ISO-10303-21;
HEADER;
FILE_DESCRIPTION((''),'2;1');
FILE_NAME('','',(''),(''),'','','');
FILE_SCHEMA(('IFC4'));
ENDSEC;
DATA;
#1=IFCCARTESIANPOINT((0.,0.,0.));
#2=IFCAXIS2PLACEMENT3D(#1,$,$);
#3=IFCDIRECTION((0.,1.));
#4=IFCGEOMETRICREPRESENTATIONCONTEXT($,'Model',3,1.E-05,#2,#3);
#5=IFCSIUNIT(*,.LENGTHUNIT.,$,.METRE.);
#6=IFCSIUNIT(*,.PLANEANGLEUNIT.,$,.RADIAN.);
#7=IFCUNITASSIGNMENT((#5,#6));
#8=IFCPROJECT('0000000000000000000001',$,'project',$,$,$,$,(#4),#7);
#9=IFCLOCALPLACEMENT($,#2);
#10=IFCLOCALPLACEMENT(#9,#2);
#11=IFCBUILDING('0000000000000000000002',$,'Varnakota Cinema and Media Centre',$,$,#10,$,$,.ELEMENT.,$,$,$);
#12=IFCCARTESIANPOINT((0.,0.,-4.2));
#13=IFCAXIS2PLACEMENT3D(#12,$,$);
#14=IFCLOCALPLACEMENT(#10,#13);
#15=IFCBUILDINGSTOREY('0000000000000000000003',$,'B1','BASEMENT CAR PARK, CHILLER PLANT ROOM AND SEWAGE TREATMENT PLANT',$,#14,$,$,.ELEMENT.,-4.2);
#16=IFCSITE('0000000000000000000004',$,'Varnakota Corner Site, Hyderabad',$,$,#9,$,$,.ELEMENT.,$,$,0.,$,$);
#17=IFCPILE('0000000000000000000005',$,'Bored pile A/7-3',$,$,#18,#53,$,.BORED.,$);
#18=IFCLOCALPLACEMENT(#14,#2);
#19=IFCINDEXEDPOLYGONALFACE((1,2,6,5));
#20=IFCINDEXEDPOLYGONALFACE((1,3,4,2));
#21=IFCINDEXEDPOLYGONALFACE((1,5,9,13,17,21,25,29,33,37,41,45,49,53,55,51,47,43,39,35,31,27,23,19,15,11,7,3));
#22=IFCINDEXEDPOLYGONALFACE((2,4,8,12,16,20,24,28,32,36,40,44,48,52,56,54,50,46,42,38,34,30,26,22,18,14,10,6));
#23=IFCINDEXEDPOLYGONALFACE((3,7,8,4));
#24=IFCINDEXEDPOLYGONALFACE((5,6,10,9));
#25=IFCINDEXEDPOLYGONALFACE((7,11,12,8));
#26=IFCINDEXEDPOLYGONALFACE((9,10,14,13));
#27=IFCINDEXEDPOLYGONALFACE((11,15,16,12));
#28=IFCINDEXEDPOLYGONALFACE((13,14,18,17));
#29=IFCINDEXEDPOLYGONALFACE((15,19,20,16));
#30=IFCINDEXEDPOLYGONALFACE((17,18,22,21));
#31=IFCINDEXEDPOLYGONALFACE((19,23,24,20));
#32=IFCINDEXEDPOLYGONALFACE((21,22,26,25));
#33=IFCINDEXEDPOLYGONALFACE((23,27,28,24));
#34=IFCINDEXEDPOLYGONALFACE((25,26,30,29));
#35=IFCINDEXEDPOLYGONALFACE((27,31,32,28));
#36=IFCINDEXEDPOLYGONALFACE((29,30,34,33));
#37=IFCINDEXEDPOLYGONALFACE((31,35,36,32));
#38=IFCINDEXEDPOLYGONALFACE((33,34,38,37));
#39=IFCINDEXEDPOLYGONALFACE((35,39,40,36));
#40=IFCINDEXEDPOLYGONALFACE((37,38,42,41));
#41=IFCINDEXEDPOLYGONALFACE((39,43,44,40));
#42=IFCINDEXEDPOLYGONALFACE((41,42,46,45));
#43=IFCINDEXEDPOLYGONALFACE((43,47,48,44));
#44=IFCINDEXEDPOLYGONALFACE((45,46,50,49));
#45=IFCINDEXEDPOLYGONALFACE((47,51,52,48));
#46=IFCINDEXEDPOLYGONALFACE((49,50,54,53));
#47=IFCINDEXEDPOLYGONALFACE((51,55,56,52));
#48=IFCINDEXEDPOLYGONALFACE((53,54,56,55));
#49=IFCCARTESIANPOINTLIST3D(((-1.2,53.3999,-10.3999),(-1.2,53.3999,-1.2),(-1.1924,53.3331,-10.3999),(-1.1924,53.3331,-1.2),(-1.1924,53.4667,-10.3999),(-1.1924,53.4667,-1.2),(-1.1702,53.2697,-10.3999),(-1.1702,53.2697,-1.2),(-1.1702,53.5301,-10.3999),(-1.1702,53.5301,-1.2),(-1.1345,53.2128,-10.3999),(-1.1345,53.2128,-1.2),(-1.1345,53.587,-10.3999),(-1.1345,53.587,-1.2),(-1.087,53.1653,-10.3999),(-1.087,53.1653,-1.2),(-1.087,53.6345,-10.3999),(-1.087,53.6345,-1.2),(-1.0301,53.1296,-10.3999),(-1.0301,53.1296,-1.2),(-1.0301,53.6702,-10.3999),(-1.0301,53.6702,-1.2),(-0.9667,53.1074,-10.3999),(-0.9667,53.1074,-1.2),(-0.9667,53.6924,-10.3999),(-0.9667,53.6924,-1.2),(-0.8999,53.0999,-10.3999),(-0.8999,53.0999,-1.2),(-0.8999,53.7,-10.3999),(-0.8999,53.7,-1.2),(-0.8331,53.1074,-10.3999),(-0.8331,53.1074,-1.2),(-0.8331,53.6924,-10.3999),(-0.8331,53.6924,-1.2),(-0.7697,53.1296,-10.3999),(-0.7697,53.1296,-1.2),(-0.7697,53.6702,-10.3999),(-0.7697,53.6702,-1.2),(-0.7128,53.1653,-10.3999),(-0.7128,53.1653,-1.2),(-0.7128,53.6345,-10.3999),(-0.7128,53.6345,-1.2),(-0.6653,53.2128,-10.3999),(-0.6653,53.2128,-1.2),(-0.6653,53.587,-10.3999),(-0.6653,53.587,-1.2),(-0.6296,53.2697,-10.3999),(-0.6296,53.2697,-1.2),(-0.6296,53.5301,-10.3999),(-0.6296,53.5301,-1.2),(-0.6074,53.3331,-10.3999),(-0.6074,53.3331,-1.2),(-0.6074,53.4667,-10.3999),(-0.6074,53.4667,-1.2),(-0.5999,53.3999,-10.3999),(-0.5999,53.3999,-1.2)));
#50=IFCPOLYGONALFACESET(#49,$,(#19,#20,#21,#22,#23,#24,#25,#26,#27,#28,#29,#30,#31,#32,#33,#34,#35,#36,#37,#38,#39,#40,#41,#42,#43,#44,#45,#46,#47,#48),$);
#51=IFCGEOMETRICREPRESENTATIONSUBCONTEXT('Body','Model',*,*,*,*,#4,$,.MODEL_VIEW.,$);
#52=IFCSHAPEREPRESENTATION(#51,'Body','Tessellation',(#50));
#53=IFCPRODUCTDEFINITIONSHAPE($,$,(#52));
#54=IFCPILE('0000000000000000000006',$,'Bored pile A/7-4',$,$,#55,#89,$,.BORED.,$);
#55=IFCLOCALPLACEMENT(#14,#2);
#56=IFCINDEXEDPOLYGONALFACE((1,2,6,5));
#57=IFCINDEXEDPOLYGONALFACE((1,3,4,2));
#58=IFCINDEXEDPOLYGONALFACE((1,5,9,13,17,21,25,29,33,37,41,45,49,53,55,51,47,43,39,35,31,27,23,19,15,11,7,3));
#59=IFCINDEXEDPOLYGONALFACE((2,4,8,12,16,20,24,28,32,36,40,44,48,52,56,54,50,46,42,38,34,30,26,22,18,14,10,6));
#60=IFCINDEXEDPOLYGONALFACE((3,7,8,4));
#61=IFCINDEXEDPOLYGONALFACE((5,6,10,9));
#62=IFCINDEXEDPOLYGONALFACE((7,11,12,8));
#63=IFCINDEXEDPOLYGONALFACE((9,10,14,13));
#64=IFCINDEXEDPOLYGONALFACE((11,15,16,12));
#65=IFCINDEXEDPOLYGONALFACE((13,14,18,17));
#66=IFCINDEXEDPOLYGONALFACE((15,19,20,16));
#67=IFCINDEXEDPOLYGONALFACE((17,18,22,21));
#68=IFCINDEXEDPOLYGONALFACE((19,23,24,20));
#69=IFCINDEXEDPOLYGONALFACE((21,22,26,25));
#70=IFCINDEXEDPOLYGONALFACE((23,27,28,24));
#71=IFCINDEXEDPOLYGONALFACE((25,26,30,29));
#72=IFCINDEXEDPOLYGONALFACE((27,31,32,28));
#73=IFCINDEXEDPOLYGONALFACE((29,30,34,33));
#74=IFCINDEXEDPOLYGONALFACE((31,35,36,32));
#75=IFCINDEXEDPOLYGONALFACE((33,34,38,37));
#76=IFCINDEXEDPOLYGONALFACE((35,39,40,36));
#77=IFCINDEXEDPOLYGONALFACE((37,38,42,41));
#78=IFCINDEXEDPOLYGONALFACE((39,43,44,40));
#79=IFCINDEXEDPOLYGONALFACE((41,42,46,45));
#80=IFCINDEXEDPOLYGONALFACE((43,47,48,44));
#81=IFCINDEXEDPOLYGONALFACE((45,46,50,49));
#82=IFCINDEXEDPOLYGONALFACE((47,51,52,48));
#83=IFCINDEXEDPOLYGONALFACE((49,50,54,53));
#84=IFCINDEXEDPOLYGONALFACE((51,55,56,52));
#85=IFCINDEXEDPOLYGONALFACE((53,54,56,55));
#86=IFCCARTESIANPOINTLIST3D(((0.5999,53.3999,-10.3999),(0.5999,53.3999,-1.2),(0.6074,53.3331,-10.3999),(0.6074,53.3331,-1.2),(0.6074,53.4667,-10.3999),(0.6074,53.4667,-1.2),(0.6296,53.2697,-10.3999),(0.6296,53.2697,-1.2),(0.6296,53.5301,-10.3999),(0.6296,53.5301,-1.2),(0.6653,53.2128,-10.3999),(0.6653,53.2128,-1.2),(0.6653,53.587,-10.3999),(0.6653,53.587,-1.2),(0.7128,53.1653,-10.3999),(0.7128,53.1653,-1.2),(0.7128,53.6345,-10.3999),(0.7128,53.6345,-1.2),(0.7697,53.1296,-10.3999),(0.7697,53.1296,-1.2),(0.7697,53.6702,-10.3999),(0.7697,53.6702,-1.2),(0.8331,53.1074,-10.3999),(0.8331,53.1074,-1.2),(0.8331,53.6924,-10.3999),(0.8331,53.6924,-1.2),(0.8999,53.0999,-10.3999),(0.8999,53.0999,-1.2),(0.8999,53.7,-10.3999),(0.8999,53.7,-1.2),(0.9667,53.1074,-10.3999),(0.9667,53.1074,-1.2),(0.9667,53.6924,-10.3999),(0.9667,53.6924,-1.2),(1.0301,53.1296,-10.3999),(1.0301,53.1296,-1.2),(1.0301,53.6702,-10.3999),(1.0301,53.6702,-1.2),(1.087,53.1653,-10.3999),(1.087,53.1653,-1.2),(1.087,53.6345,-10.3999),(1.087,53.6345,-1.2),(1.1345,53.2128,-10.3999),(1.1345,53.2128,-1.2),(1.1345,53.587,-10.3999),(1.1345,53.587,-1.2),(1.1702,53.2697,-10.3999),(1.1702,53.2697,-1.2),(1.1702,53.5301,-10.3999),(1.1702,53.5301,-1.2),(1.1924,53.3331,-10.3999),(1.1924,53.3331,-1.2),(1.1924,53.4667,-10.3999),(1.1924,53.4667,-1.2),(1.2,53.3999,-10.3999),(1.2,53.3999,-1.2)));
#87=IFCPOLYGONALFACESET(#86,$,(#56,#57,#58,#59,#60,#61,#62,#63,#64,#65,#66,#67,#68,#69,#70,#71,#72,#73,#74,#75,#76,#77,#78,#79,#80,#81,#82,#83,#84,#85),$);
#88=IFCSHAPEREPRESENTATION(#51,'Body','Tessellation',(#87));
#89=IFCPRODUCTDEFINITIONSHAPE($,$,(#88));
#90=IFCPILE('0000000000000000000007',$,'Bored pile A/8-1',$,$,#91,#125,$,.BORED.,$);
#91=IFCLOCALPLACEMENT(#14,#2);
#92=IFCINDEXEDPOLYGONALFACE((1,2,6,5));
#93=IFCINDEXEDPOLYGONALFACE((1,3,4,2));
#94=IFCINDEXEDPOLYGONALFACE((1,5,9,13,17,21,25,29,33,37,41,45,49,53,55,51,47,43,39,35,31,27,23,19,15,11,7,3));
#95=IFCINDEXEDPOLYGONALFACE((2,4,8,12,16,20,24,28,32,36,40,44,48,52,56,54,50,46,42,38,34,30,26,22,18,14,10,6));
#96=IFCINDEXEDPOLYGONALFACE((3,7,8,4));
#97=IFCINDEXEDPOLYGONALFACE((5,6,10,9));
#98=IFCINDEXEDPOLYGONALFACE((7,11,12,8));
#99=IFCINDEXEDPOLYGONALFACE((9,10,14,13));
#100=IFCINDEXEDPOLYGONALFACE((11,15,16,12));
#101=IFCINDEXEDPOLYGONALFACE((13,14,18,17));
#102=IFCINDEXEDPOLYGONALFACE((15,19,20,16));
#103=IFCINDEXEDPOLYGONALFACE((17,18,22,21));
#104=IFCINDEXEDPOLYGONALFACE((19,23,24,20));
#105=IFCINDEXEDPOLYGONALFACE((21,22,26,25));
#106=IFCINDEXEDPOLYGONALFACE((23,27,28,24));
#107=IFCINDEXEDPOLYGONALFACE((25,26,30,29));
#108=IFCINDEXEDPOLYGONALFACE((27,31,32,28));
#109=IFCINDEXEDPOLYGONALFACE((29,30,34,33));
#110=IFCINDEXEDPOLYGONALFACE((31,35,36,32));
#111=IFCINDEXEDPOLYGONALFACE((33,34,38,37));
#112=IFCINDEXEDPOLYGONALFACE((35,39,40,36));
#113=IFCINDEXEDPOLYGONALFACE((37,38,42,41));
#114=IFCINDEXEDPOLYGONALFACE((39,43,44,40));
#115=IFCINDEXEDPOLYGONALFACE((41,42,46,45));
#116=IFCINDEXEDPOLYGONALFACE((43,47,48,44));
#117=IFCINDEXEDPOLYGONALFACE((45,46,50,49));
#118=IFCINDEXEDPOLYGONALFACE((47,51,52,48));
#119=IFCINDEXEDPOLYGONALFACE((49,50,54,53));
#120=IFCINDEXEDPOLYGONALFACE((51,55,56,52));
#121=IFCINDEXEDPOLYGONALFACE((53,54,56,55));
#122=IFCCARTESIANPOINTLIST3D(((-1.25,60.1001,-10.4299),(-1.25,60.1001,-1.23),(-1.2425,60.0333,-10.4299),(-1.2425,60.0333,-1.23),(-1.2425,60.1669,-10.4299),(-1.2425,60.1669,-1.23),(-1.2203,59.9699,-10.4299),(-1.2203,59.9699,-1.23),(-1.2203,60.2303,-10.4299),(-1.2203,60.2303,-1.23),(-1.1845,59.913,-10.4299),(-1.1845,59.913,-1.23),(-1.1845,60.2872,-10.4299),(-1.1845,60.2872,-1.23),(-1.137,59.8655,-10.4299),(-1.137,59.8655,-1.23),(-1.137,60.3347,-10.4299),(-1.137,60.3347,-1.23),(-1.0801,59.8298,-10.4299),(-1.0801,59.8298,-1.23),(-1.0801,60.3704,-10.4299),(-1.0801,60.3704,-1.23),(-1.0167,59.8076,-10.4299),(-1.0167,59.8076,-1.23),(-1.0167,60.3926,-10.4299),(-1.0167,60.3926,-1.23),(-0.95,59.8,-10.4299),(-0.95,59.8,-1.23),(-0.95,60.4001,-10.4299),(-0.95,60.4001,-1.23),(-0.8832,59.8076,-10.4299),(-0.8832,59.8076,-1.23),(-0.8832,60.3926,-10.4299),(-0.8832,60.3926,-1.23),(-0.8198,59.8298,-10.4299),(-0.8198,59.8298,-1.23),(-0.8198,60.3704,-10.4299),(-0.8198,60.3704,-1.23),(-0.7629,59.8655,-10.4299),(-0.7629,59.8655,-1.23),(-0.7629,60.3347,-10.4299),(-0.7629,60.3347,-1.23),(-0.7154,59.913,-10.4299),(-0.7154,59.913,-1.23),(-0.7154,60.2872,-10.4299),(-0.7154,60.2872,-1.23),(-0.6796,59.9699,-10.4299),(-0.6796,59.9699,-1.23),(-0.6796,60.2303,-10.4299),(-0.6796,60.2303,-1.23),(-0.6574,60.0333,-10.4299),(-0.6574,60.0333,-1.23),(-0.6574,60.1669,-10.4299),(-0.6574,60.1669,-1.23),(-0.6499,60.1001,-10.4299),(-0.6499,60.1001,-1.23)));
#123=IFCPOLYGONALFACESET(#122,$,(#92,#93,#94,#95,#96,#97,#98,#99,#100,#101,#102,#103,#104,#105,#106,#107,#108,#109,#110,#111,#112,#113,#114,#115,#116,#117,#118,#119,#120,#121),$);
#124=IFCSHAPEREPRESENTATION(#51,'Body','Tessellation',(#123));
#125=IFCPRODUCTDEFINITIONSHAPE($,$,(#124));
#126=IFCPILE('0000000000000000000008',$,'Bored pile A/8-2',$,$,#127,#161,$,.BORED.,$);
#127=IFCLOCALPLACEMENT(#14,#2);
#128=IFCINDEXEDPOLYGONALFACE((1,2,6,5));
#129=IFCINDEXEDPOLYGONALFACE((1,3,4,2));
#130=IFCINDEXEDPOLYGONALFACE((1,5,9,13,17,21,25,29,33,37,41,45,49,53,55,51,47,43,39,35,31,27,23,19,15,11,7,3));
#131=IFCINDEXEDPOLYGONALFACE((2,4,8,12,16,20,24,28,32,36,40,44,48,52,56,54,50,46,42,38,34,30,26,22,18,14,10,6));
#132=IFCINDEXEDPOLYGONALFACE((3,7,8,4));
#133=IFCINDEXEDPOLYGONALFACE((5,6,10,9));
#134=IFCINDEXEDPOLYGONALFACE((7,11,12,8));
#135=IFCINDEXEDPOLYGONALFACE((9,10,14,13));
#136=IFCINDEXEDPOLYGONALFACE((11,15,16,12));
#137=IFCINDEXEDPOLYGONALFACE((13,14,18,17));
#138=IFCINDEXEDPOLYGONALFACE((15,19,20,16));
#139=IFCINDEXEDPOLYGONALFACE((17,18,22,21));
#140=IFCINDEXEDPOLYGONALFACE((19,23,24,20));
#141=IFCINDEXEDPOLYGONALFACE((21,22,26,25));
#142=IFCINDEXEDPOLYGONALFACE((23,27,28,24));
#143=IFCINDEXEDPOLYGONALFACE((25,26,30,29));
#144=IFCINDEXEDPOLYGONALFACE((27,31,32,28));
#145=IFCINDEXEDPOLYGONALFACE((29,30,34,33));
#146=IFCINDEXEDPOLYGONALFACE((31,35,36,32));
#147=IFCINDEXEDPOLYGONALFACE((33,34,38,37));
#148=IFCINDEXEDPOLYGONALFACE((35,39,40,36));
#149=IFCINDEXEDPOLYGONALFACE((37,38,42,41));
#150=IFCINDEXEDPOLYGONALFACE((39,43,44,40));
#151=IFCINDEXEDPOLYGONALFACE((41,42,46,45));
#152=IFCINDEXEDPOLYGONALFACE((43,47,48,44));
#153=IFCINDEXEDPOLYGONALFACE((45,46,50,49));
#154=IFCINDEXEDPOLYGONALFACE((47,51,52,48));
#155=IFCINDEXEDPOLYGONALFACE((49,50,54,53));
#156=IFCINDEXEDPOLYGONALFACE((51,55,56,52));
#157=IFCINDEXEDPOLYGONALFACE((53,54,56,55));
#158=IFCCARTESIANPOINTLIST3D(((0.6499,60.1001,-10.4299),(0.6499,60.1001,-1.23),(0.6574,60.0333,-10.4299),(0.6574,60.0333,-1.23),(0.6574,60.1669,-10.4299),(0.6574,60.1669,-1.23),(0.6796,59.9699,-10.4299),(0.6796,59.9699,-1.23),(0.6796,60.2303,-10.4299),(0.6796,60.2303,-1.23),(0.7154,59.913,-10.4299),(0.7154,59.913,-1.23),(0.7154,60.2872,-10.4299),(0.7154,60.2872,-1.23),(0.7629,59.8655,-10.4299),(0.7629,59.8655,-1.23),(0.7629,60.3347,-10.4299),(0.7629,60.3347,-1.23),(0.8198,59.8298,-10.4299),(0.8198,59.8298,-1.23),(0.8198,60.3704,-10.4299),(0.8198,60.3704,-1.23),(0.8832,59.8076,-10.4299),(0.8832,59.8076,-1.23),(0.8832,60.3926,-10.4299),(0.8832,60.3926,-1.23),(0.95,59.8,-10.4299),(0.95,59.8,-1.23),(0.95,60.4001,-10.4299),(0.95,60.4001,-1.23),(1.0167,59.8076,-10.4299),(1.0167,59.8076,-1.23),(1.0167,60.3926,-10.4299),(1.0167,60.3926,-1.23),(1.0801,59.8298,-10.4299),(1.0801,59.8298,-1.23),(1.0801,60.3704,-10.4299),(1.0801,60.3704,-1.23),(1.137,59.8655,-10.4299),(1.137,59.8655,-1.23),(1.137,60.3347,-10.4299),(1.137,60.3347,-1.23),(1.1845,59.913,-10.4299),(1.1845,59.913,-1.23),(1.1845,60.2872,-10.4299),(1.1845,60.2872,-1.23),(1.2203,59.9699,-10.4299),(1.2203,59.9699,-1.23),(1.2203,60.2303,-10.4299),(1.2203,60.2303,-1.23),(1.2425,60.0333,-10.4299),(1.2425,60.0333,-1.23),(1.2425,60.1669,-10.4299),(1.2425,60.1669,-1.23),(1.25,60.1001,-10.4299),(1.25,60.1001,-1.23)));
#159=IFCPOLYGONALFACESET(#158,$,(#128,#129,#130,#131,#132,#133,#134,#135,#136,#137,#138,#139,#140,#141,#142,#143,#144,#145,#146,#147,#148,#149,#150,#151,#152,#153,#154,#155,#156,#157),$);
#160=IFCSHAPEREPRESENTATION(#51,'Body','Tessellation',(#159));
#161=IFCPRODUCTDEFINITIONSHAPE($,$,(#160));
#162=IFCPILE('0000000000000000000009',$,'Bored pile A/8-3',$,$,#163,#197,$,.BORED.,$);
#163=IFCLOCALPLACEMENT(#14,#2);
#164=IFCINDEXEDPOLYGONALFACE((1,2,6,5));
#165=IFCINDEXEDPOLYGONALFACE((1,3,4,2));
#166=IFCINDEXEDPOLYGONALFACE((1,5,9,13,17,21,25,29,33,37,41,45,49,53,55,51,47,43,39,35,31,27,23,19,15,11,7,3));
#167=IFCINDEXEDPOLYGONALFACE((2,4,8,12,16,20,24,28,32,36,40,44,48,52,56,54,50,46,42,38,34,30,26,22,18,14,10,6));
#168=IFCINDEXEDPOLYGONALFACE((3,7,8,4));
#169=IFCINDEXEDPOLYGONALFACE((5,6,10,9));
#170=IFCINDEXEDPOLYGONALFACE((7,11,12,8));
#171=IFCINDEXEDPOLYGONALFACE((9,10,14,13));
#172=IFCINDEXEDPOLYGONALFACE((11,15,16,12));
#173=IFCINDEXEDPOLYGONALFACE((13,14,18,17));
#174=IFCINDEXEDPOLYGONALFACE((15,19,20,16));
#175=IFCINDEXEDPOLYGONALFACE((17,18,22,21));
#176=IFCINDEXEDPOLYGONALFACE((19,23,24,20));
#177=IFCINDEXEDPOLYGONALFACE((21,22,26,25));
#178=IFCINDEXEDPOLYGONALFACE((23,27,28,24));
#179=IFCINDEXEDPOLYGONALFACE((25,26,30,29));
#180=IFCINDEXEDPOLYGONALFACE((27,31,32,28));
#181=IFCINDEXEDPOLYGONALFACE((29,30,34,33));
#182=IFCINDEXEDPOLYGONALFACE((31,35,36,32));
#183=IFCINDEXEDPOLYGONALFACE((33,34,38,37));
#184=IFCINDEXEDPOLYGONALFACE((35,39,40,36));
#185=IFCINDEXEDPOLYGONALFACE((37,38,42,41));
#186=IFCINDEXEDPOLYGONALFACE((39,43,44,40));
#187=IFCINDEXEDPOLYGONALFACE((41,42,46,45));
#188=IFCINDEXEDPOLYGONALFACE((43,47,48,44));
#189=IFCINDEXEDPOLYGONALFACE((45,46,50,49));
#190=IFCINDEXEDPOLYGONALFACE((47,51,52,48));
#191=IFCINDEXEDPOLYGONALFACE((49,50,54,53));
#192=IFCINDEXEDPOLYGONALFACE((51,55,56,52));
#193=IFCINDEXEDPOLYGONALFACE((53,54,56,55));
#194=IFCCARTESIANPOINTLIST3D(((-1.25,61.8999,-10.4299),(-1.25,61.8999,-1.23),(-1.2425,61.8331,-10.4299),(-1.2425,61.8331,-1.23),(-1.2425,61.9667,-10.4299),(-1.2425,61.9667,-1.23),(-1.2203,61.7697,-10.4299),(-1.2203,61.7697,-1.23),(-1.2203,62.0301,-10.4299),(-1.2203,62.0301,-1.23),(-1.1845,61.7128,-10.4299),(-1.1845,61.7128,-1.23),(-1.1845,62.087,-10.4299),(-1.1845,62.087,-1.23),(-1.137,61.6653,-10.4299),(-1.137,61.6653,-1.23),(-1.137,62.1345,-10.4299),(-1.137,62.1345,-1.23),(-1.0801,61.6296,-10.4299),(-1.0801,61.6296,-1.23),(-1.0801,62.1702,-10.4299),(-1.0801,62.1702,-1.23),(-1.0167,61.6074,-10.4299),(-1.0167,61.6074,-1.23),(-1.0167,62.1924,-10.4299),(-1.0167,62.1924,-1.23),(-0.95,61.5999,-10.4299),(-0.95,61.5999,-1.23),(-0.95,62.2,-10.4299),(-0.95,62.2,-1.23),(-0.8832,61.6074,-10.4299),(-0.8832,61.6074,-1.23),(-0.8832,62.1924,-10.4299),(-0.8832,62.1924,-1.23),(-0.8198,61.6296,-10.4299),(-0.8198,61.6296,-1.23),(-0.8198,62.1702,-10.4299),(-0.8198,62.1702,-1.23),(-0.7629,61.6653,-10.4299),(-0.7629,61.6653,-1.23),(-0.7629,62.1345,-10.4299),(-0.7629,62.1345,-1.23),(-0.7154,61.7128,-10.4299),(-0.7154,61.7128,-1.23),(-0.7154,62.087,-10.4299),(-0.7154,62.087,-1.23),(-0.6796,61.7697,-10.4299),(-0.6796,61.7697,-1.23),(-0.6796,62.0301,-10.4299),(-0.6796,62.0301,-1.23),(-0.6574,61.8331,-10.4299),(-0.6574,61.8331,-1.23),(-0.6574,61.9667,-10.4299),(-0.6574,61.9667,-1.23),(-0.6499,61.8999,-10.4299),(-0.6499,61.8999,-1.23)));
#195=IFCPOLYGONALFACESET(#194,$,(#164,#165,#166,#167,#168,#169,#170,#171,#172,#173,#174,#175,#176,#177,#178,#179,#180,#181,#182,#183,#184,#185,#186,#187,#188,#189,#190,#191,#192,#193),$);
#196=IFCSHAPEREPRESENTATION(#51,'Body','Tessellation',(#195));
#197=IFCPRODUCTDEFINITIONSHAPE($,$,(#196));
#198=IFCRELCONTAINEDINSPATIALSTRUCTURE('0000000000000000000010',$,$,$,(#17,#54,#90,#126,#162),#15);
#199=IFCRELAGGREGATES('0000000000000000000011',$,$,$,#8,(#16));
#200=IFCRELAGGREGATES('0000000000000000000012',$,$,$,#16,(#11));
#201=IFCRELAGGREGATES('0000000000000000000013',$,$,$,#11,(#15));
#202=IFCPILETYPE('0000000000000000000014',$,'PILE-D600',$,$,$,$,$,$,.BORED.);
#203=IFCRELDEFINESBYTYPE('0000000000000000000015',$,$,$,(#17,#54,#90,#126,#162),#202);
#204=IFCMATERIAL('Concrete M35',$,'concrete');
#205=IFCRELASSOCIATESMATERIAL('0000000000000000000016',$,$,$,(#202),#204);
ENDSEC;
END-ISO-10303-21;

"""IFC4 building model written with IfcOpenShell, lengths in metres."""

from ifc_helpers import new_model, si_unit, direction, frame, origin, origin_2d, place, context, subcontext, project, spatial, circle, extrude, material, material_profile, profile_set, type_object, element, save


model = new_model("IFC4")

# Units and contexts
model_context = context("Model", 3, precision=1e-05, world=origin(), true_north=direction((0.0, 1.0)))
body_context = subcontext(model_context, "Body", "Model", "MODEL_VIEW")
ifc_project = project(units=[si_unit("LENGTHUNIT", "METRE"), si_unit("PLANEANGLEUNIT", "RADIAN")], contexts=[model_context])

# Site, building, storey
site_placement = place(None, origin())
site = spatial("IfcSite", under=ifc_project, at=site_placement, Name="Varnakota Corner Site, Hyderabad", CompositionType="ELEMENT", RefElevation=0.0)
building_placement = place(site_placement, origin())
building = spatial("IfcBuilding", under=site, at=building_placement, Name="Varnakota Cinema and Media Centre", CompositionType="ELEMENT")
storey_placement = place(building_placement, frame((0.0, 0.0, -4.2)))
storey = spatial("IfcBuildingStorey", under=building, at=storey_placement, Name="B1", Description="BASEMENT CAR PARK, CHILLER PLANT ROOM AND SEWAGE TREATMENT PLANT", CompositionType="ELEMENT", Elevation=-4.2)

# Piles
ifc_material_1 = material(Name="Concrete M35", Category="concrete")
ifc_material_profile_1 = material_profile(ifc_material_1, circle(Radius=0.3, at=origin_2d()), Name="PILE D600")
ifc_profile_set_1 = profile_set([ifc_material_profile_1], Name="Concrete M35")
pile_type_1 = type_object("IfcPileType", Name="PILE-D600", PredefinedType="BORED", material=ifc_profile_set_1)
for number, where, z_axis, x_axis, name in (
    (1, (-0.8999, 53.3999, -1.2), (0.0, 0.0, -1.0), (1.0, 0.0, 0.0), "Bored pile A/7-3"),
    (2, (0.8999, 53.3999, -1.2), (0.0, 0.0, -1.0), (1.0, 0.0, 0.0), "Bored pile A/7-4"),
    (3, (-0.95, 60.1001, -1.23), (0.0, 0.0, -1.0), (1.0, 0.0, 0.0), "Bored pile A/8-1"),
    (4, (0.95, 60.1001, -1.23), (0.0, 0.0, -1.0), (1.0, 0.0, 0.0), "Bored pile A/8-2"),
    (5, (-0.95, 61.8999, -1.23), (0.0, 0.0, -1.0), (1.0, 0.0, 0.0), "Bored pile A/8-3"),
):
    element("IfcPile", number, at=place(storey_placement, frame(where, z_axis=z_axis, x_axis=x_axis)), inside=storey, type_object=pile_type_1, Name=name, PredefinedType="BORED", context=body_context, shape_type="SweptSolid", body=[
        extrude(circle(Radius=0.3, at=origin_2d()), origin(), (0.0, 0.0, 1.0), 9.2),
    ])

save(model, "model.ifc")
